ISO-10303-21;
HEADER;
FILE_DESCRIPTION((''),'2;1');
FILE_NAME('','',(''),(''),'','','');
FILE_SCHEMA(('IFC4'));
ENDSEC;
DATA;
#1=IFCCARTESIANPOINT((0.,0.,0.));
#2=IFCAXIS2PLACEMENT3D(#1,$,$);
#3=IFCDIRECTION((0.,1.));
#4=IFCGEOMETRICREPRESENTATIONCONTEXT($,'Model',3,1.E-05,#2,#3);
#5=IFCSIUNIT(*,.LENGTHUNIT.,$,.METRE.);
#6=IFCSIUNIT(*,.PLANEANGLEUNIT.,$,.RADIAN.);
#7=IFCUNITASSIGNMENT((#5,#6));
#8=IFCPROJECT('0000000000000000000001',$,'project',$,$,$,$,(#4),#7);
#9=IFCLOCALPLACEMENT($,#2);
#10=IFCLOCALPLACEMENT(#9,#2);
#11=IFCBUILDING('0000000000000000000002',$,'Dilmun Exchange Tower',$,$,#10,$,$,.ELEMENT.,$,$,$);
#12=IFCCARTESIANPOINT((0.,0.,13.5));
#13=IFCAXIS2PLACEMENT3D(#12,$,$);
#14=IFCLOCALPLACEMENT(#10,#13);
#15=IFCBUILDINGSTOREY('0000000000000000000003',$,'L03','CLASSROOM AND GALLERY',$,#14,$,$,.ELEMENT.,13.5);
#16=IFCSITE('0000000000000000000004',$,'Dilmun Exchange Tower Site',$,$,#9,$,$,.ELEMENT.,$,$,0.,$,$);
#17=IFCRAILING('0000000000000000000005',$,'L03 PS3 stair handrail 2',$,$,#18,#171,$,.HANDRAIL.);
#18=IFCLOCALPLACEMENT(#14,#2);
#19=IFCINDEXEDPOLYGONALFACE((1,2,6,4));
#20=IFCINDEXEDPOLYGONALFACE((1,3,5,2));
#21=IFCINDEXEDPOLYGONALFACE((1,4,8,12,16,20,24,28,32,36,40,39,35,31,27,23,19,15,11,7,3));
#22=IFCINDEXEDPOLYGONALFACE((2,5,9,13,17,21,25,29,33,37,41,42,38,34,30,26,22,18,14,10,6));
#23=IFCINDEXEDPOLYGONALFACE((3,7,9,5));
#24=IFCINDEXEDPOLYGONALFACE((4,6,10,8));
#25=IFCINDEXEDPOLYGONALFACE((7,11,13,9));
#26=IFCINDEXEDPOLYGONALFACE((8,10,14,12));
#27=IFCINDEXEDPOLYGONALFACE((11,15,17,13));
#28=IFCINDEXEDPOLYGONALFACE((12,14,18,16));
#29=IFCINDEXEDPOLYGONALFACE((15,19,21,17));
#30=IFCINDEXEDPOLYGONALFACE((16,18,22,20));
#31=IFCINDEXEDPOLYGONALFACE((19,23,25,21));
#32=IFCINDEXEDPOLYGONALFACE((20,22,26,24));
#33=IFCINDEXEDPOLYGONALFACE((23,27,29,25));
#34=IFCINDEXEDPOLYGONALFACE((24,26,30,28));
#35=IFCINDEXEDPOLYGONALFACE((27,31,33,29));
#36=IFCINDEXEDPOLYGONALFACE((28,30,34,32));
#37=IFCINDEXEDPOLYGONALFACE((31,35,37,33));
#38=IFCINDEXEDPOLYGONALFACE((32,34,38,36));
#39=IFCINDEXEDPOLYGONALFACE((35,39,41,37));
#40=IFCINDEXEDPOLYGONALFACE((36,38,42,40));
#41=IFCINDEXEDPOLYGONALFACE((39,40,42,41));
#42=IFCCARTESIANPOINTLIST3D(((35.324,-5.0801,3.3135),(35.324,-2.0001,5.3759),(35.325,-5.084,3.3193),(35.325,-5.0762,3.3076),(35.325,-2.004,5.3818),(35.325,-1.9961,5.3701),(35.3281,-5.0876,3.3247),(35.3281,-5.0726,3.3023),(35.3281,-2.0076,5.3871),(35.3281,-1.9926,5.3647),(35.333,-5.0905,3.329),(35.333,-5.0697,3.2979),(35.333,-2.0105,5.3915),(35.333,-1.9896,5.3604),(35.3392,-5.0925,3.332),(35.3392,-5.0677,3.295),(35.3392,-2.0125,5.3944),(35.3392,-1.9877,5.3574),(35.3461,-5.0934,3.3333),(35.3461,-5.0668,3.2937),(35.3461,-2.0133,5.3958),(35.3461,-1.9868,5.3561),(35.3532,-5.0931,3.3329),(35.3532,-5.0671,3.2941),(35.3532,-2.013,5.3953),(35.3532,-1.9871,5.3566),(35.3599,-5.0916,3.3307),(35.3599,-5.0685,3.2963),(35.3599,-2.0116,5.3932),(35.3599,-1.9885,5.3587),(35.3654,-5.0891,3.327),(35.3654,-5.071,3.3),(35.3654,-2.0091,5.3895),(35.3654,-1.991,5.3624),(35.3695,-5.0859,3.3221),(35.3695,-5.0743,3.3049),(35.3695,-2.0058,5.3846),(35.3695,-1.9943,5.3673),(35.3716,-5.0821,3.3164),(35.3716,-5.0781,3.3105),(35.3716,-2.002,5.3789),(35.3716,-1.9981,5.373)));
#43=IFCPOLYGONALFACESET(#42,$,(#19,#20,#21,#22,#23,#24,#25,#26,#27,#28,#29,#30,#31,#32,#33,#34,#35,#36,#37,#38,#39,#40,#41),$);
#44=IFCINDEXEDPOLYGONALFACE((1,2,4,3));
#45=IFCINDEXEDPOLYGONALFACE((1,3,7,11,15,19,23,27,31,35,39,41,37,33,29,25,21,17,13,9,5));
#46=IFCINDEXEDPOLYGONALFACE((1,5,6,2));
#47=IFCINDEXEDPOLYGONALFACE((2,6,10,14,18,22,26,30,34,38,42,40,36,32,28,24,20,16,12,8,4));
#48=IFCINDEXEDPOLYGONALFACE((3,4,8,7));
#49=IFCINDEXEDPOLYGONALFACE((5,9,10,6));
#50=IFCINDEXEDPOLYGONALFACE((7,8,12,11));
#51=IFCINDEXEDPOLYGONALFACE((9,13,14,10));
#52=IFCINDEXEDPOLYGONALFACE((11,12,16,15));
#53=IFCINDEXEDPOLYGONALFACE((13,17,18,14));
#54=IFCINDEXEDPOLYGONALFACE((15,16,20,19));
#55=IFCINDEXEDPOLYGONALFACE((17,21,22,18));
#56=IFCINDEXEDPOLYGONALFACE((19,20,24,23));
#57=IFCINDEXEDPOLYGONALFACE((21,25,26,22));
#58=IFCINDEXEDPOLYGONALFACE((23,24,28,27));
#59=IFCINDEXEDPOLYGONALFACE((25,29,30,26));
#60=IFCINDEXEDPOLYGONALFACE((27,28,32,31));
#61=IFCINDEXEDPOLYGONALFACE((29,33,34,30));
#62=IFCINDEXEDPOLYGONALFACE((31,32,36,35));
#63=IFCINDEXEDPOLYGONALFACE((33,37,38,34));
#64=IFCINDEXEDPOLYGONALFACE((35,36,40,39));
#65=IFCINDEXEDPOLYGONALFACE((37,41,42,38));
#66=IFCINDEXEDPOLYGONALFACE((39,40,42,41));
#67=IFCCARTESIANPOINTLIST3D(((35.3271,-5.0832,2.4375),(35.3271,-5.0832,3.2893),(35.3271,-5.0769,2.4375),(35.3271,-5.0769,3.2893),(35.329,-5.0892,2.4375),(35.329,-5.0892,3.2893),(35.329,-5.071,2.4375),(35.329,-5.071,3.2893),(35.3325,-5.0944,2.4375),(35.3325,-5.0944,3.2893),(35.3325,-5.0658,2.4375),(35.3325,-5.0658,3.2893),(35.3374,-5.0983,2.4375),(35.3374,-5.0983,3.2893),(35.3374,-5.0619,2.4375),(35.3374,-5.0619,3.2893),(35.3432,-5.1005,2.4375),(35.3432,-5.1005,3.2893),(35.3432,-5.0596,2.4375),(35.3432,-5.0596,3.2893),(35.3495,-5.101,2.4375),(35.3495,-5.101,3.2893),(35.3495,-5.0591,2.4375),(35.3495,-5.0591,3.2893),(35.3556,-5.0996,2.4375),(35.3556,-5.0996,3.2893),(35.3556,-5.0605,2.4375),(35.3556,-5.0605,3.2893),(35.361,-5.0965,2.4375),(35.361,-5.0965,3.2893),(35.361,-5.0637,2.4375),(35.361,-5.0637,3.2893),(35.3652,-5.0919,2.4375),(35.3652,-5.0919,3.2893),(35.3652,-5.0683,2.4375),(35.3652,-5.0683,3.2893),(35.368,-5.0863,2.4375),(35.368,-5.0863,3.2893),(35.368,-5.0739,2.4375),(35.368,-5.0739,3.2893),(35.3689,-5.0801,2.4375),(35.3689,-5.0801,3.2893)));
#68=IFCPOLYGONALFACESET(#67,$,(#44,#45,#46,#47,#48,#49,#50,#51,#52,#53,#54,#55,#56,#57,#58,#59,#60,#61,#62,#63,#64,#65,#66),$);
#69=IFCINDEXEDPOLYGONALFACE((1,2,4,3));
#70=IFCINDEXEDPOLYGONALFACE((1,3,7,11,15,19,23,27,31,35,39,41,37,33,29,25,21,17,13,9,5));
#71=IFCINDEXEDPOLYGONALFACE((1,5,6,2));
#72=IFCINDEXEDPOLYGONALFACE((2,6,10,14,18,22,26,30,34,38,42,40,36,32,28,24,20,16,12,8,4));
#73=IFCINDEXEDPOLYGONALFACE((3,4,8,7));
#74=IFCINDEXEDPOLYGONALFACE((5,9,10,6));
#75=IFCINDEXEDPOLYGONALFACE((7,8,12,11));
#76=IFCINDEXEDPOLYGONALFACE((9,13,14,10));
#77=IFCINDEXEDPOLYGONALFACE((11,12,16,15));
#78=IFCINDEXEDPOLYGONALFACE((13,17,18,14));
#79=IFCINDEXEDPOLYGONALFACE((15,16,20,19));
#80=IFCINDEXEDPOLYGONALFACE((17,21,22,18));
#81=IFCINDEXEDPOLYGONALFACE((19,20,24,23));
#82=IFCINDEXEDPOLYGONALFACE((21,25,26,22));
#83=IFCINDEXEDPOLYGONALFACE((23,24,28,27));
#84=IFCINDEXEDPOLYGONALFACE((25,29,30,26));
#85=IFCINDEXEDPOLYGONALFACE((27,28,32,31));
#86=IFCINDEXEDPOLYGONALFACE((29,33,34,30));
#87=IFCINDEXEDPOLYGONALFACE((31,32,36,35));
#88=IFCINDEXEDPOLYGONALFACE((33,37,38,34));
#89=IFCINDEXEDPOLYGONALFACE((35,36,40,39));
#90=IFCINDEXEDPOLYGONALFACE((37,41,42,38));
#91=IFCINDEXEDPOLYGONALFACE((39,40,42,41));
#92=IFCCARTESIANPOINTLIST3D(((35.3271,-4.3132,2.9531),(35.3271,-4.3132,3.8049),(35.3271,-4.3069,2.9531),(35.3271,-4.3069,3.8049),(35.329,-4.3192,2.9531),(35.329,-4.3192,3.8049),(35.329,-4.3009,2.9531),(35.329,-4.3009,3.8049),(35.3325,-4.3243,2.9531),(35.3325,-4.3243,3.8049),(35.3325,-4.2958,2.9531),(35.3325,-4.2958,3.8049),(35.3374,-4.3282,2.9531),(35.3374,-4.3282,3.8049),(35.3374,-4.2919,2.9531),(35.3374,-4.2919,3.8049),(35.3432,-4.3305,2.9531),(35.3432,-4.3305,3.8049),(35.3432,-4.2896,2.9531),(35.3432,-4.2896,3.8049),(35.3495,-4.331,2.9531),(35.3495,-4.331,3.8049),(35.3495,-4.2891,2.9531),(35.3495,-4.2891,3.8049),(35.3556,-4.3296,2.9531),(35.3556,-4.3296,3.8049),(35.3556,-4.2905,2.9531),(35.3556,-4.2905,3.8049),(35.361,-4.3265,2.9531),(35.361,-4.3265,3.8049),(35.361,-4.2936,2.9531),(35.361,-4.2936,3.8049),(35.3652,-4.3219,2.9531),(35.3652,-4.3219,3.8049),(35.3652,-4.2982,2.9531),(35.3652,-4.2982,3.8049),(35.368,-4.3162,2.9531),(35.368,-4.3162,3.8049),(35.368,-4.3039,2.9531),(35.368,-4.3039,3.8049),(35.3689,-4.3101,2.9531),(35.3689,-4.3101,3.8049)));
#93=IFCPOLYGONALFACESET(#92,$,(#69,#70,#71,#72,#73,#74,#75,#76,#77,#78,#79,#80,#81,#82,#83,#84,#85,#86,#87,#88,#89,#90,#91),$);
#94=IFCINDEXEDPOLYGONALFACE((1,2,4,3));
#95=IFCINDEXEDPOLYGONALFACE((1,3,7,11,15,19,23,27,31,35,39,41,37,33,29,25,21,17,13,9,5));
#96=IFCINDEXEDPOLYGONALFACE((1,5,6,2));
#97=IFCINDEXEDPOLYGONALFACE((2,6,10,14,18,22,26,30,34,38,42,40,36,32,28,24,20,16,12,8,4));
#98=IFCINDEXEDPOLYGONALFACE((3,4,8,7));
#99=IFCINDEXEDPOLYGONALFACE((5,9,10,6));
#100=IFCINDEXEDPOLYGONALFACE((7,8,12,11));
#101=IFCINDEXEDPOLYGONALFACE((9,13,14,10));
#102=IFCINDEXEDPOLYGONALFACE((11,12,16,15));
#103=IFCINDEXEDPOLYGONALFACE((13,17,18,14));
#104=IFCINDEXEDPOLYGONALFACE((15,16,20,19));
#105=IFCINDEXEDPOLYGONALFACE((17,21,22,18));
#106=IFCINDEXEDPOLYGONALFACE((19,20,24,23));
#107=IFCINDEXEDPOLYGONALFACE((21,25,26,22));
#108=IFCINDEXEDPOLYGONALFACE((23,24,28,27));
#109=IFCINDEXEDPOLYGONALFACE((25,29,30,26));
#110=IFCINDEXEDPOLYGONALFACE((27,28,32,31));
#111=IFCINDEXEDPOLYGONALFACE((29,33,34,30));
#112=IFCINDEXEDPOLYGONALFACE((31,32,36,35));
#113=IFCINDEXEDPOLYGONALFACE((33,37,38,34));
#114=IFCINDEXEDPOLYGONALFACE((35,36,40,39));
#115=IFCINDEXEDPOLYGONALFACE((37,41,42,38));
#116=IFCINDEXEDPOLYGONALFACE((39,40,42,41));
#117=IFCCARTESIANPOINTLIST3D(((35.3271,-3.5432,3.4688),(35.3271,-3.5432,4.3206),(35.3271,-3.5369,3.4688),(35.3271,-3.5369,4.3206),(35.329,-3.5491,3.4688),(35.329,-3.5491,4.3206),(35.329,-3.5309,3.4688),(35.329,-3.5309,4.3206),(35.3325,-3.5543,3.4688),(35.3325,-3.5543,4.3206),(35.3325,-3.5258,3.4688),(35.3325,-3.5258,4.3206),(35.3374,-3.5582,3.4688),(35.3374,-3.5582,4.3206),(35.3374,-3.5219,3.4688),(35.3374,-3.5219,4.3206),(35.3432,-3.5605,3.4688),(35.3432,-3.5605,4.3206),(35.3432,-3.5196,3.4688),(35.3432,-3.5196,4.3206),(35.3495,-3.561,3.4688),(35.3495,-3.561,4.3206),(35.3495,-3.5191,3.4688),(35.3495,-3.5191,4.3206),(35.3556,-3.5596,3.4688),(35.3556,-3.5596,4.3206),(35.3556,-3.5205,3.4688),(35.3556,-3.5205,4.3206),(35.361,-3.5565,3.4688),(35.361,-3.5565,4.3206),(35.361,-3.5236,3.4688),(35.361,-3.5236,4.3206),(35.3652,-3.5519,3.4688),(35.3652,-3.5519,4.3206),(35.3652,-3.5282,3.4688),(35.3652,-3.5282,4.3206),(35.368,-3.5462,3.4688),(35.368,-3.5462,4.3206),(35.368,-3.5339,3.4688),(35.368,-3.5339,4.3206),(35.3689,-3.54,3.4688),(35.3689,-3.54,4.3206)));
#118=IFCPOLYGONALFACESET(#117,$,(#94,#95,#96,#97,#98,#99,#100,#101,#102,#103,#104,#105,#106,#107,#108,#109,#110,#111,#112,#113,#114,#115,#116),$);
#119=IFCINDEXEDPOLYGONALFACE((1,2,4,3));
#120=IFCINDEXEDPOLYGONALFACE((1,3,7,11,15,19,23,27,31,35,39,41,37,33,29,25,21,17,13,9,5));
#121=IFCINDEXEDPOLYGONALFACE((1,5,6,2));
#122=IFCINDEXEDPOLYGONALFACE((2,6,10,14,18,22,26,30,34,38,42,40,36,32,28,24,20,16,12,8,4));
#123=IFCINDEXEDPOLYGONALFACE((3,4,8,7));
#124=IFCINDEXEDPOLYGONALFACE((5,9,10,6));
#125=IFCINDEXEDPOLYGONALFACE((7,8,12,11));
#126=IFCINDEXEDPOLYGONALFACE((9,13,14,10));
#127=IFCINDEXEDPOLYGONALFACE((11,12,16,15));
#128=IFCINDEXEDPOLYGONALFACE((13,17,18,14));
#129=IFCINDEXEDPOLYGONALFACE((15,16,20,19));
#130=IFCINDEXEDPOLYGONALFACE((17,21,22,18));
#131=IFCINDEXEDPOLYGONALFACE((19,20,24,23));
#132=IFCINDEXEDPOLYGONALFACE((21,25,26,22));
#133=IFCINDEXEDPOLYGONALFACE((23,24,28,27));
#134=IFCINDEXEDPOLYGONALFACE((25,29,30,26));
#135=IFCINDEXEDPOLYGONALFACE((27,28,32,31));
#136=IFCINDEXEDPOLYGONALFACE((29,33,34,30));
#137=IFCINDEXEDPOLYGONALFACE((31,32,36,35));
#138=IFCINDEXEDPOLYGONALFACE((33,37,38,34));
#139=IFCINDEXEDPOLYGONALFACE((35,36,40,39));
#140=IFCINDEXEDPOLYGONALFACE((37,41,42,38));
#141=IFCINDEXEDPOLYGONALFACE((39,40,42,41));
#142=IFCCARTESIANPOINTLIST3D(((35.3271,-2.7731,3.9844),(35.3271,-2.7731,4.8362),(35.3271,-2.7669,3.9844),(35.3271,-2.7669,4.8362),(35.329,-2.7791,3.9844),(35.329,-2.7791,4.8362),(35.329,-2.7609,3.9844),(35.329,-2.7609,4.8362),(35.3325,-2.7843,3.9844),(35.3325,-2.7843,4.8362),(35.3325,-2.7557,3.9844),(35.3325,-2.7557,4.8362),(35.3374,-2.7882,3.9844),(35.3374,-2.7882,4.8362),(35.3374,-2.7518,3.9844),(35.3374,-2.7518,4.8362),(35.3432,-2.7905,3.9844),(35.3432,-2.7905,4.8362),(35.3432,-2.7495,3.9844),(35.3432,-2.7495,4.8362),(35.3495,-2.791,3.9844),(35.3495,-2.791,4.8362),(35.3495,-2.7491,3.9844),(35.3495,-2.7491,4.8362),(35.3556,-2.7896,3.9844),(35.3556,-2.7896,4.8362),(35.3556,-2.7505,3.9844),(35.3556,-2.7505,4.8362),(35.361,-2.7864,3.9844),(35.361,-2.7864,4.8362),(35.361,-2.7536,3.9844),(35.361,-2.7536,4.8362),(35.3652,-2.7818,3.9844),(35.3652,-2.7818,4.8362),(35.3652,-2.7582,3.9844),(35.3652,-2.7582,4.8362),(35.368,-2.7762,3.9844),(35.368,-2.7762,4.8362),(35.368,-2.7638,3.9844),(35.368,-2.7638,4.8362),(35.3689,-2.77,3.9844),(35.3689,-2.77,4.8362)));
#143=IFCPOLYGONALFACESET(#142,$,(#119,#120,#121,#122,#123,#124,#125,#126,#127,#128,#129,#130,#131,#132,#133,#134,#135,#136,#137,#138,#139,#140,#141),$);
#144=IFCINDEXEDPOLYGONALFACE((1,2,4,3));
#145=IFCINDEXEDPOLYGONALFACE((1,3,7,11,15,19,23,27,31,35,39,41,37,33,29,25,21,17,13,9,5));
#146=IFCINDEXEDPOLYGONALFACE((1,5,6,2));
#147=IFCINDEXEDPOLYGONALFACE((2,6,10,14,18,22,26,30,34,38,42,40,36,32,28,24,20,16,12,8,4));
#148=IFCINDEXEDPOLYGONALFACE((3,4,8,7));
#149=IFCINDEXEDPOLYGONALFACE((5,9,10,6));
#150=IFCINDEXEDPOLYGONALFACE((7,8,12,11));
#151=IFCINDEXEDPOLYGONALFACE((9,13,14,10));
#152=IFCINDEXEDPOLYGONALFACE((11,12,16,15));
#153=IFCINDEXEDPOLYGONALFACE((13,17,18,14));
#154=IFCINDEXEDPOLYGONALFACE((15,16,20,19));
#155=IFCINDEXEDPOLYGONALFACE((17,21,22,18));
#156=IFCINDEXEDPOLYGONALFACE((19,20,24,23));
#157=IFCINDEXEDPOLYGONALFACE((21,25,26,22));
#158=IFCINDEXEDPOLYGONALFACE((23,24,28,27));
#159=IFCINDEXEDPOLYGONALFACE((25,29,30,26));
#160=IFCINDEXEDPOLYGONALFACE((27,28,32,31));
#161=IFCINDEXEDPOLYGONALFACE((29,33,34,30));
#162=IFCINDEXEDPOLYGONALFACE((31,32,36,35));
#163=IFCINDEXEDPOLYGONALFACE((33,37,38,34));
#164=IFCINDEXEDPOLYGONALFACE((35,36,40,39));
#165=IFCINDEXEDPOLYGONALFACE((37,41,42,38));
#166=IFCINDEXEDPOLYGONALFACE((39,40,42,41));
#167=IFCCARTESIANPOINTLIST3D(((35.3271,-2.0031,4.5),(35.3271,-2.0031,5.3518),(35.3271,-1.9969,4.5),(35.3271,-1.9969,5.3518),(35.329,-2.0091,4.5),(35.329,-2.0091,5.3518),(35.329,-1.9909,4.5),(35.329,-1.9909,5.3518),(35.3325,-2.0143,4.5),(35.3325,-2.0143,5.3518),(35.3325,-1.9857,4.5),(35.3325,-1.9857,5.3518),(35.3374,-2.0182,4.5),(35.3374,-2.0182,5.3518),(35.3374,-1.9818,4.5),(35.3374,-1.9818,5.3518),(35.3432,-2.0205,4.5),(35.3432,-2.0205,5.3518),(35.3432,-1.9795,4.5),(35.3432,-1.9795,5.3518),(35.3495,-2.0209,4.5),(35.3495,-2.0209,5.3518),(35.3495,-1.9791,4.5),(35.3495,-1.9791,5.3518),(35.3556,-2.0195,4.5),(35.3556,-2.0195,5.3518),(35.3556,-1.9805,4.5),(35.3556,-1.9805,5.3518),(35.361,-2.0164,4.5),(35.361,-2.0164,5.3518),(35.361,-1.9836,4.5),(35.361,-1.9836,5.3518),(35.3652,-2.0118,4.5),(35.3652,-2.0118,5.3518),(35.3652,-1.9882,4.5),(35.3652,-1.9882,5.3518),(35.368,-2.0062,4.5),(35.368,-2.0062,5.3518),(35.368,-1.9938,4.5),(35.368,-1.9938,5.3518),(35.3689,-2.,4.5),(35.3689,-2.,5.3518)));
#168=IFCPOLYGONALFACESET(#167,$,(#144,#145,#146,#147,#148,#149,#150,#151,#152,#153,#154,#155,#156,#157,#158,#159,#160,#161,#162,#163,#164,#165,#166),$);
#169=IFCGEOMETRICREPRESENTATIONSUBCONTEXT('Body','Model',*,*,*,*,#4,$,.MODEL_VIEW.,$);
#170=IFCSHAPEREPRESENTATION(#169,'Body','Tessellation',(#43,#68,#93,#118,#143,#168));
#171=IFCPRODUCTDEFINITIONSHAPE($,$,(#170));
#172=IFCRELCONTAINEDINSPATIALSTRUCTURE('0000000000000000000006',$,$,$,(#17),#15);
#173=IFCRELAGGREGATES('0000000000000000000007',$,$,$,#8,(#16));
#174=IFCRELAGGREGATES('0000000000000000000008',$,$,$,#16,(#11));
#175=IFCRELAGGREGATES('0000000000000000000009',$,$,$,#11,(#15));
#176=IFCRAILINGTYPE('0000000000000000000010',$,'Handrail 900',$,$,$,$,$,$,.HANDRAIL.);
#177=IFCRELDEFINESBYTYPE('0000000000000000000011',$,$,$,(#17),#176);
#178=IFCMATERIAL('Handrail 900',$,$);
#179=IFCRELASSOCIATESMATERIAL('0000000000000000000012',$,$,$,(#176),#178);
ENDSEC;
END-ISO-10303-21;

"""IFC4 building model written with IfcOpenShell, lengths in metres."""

from ifc_helpers import new_model, si_unit, direction, frame, origin, origin_2d, place, context, subcontext, project, spatial, circle, extrude, material, type_object, element, save


model = new_model("IFC4")

# Units and contexts
model_context = context("Model", 3, precision=1e-05, world=origin(), true_north=direction((0.0, 1.0)))
body_context = subcontext(model_context, "Body", "Model", "MODEL_VIEW")
ifc_project = project(units=[si_unit("LENGTHUNIT", "METRE"), si_unit("PLANEANGLEUNIT", "RADIAN")], contexts=[model_context])

# Site, building, storey
site_placement = place(None, origin())
site = spatial("IfcSite", under=ifc_project, at=site_placement, Name="Dilmun Exchange Tower Site", CompositionType="ELEMENT", RefElevation=0.0)
building_placement = place(site_placement, origin())
building = spatial("IfcBuilding", under=site, at=building_placement, Name="Dilmun Exchange Tower", CompositionType="ELEMENT")
storey_placement = place(building_placement, frame((0.0, 0.0, 13.5)))
storey = spatial("IfcBuildingStorey", under=building, at=storey_placement, Name="L03", Description="CLASSROOM AND GALLERY", CompositionType="ELEMENT", Elevation=13.5)

# Railing
ifc_material_1 = material(Name="Handrail 900")
railing_type_1 = type_object("IfcRailingType", Name="Handrail 900", PredefinedType="HANDRAIL", material=ifc_material_1)
railing_1_placement = place(storey_placement, frame((35.3479, -5.0801, 2.4375)))
element("IfcRailing", 1, at=railing_1_placement, inside=storey, type_object=railing_type_1, Name="L03 PS3 stair handrail 2", PredefinedType="HANDRAIL", context=body_context, shape_type="SweptSolid", body=[
    extrude(circle(Radius=0.0239, at=origin_2d()), frame((0.0, 0.0, 0.876), z_axis=(0.0, 0.830914, 0.556401), x_axis=(-1.0, 0.0, 0.0)), (0.0, 0.0, 1.0), 3.7068),
    extrude(circle(Radius=0.021, at=origin_2d()), origin(), (0.0, 0.0, 1.0), 0.8518),
    extrude(circle(Radius=0.021, at=origin_2d()), frame((0.0, 0.77, 0.5156)), (0.0, 0.0, 1.0), 0.8518),
    extrude(circle(Radius=0.021, at=origin_2d()), frame((0.0, 1.54, 1.0312)), (0.0, 0.0, 1.0), 0.8518),
    extrude(circle(Radius=0.021, at=origin_2d()), frame((0.0, 2.3101, 1.5469)), (0.0, 0.0, 1.0), 0.8518),
    extrude(circle(Radius=0.021, at=origin_2d()), frame((0.0, 3.0801, 2.0625)), (0.0, 0.0, 1.0), 0.8518),
])

save(model, "model.ifc")
